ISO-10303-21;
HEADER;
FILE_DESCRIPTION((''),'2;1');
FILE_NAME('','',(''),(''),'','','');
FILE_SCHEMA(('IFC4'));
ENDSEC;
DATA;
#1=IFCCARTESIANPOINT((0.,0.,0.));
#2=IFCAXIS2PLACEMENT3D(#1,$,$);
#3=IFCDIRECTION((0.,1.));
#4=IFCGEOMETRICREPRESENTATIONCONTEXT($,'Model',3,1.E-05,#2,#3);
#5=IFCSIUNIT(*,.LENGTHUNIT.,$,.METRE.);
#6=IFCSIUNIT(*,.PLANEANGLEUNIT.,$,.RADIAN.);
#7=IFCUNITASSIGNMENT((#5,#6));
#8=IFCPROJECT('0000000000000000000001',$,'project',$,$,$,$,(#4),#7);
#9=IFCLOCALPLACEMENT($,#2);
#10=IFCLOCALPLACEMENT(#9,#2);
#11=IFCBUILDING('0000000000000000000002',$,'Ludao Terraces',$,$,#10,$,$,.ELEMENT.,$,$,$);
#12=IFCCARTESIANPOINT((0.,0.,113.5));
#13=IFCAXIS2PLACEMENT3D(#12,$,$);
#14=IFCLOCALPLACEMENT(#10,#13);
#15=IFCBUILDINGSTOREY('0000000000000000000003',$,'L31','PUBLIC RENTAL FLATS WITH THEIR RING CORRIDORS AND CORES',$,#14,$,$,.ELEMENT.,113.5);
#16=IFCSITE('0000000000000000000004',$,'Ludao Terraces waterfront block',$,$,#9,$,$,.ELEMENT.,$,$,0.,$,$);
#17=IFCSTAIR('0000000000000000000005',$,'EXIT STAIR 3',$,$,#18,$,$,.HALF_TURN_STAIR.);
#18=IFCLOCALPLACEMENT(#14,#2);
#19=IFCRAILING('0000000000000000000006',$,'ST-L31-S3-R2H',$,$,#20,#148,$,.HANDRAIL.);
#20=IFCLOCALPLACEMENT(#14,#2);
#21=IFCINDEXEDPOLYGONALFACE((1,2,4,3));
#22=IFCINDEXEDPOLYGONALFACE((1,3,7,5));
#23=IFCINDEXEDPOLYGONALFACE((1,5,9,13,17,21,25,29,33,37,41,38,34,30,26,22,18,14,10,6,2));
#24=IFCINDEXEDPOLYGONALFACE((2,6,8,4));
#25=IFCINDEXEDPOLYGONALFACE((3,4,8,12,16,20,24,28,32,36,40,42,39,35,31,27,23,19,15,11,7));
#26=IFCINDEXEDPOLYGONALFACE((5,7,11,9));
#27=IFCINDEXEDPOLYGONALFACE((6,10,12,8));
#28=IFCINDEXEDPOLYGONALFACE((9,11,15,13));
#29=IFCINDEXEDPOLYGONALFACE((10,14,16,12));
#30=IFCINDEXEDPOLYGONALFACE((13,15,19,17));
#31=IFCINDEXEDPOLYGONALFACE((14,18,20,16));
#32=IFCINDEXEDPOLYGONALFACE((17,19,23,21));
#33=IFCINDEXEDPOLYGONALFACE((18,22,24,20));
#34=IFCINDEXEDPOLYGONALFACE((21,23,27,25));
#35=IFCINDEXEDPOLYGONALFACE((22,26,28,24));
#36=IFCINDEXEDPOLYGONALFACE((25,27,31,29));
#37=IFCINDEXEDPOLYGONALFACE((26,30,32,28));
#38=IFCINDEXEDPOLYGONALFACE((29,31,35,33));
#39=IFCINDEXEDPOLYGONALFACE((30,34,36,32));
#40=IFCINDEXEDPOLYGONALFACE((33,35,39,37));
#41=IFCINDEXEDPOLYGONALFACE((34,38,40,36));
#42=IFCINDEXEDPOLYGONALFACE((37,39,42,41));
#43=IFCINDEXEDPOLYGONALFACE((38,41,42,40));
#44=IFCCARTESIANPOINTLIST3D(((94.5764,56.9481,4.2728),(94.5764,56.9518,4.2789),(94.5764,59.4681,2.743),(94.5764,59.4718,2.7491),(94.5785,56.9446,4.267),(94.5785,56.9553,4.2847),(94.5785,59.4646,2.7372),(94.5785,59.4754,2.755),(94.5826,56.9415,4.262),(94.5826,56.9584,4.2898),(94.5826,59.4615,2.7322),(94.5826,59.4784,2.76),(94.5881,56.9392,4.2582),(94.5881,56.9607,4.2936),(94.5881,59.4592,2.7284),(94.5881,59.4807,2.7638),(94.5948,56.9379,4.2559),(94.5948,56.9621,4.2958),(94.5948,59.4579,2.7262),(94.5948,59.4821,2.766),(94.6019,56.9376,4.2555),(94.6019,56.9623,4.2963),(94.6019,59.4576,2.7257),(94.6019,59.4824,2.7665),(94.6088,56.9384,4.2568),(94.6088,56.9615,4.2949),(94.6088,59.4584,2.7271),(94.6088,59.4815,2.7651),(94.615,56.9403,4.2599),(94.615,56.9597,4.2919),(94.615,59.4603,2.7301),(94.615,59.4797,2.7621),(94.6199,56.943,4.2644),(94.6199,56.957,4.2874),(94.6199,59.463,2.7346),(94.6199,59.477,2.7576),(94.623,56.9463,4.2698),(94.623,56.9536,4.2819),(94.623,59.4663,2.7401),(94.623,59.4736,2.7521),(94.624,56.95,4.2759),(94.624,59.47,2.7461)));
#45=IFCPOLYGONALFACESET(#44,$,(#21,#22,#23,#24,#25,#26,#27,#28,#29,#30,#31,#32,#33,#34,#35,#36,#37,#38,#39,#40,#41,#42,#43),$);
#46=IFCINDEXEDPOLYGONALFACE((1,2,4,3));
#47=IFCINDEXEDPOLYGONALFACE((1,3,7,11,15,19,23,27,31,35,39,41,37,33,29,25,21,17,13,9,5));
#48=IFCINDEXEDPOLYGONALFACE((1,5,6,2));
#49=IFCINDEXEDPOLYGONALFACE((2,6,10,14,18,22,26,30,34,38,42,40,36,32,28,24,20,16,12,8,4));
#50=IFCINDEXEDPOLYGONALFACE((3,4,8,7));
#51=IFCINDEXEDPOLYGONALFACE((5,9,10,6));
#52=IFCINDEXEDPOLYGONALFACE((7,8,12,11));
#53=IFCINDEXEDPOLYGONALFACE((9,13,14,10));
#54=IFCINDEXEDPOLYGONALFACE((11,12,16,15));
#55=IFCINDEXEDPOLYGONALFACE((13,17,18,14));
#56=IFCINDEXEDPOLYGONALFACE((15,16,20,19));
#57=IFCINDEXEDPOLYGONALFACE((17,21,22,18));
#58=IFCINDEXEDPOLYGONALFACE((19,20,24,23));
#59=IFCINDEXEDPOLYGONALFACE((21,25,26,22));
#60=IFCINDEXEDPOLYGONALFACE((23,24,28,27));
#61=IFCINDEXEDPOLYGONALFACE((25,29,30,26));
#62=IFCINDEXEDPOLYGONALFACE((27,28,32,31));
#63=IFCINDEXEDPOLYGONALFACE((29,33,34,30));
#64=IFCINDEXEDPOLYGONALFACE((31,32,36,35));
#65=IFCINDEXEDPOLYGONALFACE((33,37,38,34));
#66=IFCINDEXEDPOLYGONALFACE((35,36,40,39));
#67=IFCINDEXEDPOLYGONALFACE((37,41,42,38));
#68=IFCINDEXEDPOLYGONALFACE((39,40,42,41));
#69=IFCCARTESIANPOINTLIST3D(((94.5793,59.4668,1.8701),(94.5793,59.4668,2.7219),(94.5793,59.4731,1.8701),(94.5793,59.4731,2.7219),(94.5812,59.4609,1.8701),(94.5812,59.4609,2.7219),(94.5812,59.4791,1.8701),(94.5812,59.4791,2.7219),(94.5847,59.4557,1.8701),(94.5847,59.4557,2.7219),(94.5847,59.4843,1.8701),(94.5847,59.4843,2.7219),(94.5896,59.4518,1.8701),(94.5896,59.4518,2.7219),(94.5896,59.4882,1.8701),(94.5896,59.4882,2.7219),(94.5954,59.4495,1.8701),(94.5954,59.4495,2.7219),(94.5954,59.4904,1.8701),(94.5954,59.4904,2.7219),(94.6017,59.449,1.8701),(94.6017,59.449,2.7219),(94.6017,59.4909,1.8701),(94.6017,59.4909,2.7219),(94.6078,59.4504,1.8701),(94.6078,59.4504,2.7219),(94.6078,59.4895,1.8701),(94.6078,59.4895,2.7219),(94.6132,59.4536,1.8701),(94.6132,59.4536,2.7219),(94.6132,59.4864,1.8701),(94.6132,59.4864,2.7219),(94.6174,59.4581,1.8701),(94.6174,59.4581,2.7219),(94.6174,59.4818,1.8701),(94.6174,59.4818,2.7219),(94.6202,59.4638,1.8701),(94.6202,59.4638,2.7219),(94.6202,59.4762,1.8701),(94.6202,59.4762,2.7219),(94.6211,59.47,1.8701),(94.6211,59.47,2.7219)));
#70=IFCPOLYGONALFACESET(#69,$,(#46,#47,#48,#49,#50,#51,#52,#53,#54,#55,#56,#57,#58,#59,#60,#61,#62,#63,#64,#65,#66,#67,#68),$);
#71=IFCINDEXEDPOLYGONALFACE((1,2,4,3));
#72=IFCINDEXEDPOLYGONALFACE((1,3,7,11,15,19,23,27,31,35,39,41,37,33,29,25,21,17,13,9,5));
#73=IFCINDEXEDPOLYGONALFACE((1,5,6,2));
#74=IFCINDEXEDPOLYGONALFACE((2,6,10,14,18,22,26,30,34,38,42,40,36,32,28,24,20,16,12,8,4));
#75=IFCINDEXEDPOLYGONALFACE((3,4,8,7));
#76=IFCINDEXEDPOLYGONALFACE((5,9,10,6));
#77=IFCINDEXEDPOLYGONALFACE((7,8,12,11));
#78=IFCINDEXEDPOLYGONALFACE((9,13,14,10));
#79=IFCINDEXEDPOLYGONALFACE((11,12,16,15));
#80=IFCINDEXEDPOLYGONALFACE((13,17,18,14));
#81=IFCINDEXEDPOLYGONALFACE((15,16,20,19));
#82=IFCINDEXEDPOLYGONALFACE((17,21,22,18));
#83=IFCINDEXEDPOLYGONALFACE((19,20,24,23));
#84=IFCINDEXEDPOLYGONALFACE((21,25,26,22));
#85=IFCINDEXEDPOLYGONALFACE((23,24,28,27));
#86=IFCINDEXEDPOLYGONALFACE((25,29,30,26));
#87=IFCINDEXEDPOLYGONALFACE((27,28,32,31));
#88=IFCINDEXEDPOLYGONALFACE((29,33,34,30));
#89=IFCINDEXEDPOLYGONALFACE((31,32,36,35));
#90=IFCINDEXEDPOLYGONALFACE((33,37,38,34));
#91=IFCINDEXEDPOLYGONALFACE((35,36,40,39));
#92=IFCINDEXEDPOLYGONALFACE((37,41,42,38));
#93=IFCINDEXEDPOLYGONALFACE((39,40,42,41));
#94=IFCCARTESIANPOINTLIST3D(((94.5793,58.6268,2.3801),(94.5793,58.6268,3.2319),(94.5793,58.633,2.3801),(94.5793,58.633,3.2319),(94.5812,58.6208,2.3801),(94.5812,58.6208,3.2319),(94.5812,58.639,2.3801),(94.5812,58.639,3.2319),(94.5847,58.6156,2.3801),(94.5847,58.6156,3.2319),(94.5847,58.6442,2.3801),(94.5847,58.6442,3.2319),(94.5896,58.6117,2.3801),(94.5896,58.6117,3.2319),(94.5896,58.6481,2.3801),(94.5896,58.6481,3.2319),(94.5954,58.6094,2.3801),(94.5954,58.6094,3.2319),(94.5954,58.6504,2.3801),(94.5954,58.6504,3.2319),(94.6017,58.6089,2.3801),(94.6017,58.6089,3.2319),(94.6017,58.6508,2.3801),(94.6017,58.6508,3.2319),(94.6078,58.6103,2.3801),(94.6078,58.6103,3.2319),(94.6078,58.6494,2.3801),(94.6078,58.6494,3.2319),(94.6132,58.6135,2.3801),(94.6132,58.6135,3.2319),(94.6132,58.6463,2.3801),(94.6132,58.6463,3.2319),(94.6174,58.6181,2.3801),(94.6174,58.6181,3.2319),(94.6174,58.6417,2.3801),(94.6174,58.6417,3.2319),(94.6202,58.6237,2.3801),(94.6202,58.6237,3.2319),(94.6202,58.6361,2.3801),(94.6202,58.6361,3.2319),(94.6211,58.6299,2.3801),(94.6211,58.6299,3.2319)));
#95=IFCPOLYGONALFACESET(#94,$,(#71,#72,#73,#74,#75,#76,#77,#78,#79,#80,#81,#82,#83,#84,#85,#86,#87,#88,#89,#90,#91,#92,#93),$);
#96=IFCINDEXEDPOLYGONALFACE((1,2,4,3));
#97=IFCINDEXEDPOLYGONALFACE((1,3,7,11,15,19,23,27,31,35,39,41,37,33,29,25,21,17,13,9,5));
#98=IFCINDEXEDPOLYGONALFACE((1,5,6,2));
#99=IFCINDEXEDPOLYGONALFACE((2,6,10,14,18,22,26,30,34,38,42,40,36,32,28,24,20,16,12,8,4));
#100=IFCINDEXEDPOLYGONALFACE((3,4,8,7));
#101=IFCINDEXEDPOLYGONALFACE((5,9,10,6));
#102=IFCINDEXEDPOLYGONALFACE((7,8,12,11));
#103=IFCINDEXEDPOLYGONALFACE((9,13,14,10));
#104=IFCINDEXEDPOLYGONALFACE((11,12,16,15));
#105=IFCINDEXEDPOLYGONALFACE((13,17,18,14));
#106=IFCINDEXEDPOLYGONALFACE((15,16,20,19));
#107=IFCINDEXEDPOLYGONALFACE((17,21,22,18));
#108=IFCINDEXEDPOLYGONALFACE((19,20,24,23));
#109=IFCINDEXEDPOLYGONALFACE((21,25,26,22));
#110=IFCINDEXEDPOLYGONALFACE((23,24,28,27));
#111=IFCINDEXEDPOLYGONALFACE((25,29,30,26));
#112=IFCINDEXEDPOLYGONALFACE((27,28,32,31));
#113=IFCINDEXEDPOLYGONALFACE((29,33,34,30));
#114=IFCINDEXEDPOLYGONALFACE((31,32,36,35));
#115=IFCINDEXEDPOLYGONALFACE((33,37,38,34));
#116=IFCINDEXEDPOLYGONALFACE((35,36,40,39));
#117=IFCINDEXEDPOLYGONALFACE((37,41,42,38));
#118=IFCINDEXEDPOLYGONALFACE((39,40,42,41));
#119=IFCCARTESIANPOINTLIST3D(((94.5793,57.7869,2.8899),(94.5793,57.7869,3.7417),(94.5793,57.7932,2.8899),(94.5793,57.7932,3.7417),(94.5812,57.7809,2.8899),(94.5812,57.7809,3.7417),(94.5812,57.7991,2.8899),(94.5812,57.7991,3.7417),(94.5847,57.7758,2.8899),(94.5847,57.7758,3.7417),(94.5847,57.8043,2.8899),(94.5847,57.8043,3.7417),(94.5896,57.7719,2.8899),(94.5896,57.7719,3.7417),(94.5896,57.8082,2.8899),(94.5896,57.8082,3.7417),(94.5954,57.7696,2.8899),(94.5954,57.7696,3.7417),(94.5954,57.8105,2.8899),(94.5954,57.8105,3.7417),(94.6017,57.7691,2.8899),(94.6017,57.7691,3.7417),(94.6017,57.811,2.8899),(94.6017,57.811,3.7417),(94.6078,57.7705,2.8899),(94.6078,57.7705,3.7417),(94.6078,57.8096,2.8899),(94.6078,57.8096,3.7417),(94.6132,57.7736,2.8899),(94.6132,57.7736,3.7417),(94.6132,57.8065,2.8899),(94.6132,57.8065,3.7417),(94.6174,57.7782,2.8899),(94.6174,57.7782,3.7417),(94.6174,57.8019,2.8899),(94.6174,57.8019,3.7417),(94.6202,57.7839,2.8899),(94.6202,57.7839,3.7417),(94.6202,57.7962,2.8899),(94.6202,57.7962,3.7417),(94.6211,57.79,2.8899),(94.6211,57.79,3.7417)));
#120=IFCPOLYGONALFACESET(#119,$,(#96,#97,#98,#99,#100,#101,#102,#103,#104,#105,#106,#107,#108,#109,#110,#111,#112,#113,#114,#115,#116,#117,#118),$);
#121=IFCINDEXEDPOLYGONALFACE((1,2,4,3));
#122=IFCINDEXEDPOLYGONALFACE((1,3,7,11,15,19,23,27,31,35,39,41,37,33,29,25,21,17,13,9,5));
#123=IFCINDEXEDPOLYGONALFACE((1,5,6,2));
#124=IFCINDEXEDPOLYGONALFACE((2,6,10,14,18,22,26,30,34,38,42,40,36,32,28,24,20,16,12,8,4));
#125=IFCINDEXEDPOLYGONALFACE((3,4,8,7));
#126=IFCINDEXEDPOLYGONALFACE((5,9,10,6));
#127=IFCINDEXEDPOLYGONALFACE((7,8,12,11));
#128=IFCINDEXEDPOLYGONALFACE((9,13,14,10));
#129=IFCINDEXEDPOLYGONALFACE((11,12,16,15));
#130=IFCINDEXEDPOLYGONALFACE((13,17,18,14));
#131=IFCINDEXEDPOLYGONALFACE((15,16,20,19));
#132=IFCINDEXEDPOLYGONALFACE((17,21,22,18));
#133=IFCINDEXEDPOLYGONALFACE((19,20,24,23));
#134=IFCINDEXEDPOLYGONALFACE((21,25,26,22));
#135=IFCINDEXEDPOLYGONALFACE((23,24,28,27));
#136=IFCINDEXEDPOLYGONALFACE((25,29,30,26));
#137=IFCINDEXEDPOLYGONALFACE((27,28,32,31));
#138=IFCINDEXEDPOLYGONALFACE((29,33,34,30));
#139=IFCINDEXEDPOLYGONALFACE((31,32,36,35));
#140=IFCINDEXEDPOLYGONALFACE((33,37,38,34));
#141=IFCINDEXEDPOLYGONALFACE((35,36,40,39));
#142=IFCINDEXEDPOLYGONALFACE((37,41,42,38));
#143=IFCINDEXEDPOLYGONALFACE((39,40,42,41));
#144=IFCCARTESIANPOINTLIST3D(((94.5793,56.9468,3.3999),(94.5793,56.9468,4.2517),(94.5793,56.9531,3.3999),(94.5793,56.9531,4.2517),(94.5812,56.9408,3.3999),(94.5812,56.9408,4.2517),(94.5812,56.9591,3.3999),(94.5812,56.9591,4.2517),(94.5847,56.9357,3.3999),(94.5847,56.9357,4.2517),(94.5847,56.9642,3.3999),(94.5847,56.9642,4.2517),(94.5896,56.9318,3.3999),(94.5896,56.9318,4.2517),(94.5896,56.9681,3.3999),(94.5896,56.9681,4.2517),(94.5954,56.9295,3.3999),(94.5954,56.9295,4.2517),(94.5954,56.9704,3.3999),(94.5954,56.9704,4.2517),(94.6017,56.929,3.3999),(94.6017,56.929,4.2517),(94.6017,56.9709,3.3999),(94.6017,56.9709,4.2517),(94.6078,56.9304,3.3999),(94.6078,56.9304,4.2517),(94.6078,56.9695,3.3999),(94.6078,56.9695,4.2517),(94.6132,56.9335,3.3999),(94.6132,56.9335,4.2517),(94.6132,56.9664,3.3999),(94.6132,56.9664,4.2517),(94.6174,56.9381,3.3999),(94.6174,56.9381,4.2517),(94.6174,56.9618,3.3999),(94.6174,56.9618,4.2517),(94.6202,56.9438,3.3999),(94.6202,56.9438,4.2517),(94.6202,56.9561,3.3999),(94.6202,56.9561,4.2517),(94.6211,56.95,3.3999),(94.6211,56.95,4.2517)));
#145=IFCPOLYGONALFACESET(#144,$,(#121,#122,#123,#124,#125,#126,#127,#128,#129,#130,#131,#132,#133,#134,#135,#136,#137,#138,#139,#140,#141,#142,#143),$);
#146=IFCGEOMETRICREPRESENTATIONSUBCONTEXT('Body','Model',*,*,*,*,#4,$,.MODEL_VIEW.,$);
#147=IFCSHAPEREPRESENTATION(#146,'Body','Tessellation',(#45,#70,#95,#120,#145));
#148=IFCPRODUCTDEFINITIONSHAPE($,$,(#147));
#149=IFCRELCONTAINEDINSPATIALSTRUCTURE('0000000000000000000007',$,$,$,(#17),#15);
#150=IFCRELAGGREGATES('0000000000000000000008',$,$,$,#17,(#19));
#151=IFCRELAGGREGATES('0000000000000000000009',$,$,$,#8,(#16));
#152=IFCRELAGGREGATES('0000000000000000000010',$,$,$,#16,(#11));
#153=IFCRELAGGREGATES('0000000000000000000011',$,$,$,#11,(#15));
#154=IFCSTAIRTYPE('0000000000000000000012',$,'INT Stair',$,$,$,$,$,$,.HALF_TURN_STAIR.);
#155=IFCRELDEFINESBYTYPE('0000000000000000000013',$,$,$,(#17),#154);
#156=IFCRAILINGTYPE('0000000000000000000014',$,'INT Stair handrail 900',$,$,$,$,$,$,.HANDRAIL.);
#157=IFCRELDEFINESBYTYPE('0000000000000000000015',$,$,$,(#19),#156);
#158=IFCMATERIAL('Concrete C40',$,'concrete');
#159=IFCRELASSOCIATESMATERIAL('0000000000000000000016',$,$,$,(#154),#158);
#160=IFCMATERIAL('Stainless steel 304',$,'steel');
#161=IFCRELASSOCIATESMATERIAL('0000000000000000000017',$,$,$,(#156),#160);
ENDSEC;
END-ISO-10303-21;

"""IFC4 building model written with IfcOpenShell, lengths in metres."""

from ifc_helpers import new_model, si_unit, direction, frame, origin, origin_2d, place, context, subcontext, project, spatial, circle, extrude, material, type_object, element, aggregate, save


model = new_model("IFC4")

# Units and contexts
model_context = context("Model", 3, precision=1e-05, world=origin(), true_north=direction((0.0, 1.0)))
body_context = subcontext(model_context, "Body", "Model", "MODEL_VIEW")
ifc_project = project(units=[si_unit("LENGTHUNIT", "METRE"), si_unit("PLANEANGLEUNIT", "RADIAN")], contexts=[model_context])

# Site, building, storey
site_placement = place(None, origin())
site = spatial("IfcSite", under=ifc_project, at=site_placement, Name="Ludao Terraces waterfront block", CompositionType="ELEMENT", RefElevation=0.0)
building_placement = place(site_placement, origin())
building = spatial("IfcBuilding", under=site, at=building_placement, Name="Ludao Terraces", CompositionType="ELEMENT")
storey_placement = place(building_placement, frame((0.0, 0.0, 113.5)))
storey = spatial("IfcBuildingStorey", under=building, at=storey_placement, Name="L31", Description="PUBLIC RENTAL FLATS WITH THEIR RING CORRIDORS AND CORES", CompositionType="ELEMENT", Elevation=113.5)

# Shared definitions
ifc_material_1 = material(Name="Concrete C40", Category="concrete")

# Stair, railing
stair_type = type_object("IfcStairType", Name="INT Stair", PredefinedType="HALF_TURN_STAIR", material=ifc_material_1)
stair_placement = place(storey_placement, origin())
stair = element("IfcStair", 1, at=stair_placement, inside=storey, type_object=stair_type, Name="EXIT STAIR 3", PredefinedType="HALF_TURN_STAIR")
ifc_material_2 = material(Name="Stainless steel 304", Category="steel")
railing_type_1 = type_object("IfcRailingType", Name="INT Stair handrail 900", PredefinedType="HANDRAIL", material=ifc_material_2)
railing_1_placement = place(storey_placement, frame((94.6001, 59.47, 1.8701)))
railing_1 = element("IfcRailing", 2, at=railing_1_placement, type_object=railing_type_1, Name="ST-L31-S3-R2H", PredefinedType="HANDRAIL", context=body_context, shape_type="SweptSolid", body=[
    extrude(circle(Radius=0.0239, at=origin_2d()), frame((0.0, 0.0, 0.876), z_axis=(0.0, -0.854822, 0.518922), x_axis=(1.0, 0.0, 0.0)), (0.0, 0.0, 1.0), 2.948),
    extrude(circle(Radius=0.021, at=origin_2d()), origin(), (0.0, 0.0, 1.0), 0.8518),
    extrude(circle(Radius=0.021, at=origin_2d()), frame((0.0, -0.8401, 0.51)), (0.0, 0.0, 1.0), 0.8518),
    extrude(circle(Radius=0.021, at=origin_2d()), frame((0.0, -1.6799, 1.0198)), (0.0, 0.0, 1.0), 0.8518),
    extrude(circle(Radius=0.021, at=origin_2d()), frame((0.0, -2.52, 1.5298)), (0.0, 0.0, 1.0), 0.8518),
])
aggregate(stair, [railing_1])

save(model, "model.ifc")
